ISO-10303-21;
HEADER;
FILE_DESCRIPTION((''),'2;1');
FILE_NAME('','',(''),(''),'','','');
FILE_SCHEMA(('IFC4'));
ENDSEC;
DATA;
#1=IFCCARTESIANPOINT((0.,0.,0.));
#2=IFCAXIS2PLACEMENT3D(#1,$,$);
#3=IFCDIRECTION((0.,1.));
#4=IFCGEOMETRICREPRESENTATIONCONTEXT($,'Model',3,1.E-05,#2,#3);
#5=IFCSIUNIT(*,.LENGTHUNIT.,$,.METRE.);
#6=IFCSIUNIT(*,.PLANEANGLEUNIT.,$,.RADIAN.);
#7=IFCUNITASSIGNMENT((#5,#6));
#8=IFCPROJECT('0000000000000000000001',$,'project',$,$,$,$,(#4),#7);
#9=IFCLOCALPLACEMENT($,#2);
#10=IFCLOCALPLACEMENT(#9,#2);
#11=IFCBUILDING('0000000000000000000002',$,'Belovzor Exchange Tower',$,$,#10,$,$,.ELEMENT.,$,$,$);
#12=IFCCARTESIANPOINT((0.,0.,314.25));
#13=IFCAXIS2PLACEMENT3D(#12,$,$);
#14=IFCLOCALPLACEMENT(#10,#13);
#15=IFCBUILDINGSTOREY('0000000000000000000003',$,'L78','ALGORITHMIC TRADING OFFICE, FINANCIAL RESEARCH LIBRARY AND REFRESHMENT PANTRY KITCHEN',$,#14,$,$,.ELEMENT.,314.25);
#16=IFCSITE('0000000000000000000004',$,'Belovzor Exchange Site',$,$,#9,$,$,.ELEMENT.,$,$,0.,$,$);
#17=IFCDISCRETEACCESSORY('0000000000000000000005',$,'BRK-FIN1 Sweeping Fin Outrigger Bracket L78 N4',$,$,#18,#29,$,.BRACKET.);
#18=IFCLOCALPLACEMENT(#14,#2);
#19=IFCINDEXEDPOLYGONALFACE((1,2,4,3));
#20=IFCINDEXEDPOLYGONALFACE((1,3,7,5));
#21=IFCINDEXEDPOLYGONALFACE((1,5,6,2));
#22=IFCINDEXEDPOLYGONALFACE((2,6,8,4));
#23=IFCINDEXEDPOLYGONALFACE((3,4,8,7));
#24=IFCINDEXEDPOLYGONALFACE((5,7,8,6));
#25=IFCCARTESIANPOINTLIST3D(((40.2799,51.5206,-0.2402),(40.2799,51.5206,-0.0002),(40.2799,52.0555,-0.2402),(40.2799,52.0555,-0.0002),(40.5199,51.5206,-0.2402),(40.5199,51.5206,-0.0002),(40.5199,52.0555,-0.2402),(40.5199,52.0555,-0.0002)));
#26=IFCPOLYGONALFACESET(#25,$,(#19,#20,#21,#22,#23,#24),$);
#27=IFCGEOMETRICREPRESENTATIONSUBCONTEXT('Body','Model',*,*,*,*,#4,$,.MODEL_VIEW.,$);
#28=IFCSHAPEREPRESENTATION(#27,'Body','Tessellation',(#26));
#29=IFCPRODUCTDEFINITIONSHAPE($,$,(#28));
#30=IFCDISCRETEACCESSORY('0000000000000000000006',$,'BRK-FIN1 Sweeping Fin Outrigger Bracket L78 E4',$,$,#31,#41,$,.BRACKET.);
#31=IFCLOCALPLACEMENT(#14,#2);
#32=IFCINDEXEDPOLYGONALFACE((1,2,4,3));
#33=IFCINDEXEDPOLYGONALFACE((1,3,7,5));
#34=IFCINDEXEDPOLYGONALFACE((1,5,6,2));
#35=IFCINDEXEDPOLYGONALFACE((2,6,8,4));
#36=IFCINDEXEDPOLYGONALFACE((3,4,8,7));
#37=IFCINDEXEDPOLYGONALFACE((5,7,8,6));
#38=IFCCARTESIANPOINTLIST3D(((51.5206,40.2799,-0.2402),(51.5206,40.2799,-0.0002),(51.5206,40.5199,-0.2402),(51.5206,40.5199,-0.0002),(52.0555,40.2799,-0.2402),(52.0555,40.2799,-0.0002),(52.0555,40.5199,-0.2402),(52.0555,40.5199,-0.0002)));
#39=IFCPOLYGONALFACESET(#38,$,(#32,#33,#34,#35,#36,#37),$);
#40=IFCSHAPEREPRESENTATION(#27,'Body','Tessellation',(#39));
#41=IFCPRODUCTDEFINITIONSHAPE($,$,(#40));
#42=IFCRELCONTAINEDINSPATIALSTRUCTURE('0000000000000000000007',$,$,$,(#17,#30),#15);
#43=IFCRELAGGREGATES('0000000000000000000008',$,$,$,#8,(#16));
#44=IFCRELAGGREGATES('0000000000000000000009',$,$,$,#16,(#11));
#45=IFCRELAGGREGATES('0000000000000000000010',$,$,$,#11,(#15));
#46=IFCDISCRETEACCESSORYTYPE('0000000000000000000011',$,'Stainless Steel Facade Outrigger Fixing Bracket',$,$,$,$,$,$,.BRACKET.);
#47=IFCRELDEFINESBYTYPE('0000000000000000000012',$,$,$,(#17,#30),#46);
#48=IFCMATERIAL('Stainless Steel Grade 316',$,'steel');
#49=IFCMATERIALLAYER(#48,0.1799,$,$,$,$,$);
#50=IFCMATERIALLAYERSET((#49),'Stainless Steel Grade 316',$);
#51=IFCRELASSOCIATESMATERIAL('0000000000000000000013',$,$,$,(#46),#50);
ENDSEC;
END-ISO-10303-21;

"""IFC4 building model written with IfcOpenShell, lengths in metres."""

from ifc_helpers import new_model, si_unit, direction, frame, origin, origin_2d, place, context, subcontext, project, spatial, rectangle, extrude, material, layer, layer_set, type_object, element, save


model = new_model("IFC4")

# Units and contexts
model_context = context("Model", 3, precision=1e-05, world=origin(), true_north=direction((0.0, 1.0)))
body_context = subcontext(model_context, "Body", "Model", "MODEL_VIEW")
ifc_project = project(units=[si_unit("LENGTHUNIT", "METRE"), si_unit("PLANEANGLEUNIT", "RADIAN")], contexts=[model_context])

# Site, building, storey
site_placement = place(None, origin())
site = spatial("IfcSite", under=ifc_project, at=site_placement, Name="Belovzor Exchange Site", CompositionType="ELEMENT", RefElevation=0.0)
building_placement = place(site_placement, origin())
building = spatial("IfcBuilding", under=site, at=building_placement, Name="Belovzor Exchange Tower", CompositionType="ELEMENT")
storey_placement = place(building_placement, frame((0.0, 0.0, 314.25)))
storey = spatial("IfcBuildingStorey", under=building, at=storey_placement, Name="L78", Description="ALGORITHMIC TRADING OFFICE, FINANCIAL RESEARCH LIBRARY AND REFRESHMENT PANTRY KITCHEN", CompositionType="ELEMENT", Elevation=314.25)

# Discrete accessories
ifc_material_1 = material(Name="Stainless Steel Grade 316", Category="steel")
ifc_layer_1 = layer(ifc_material_1, 0.1799)
ifc_layer_set_1 = layer_set([ifc_layer_1], Name="Stainless Steel Grade 316")
discrete_accessory_type = type_object("IfcDiscreteAccessoryType", Name="Stainless Steel Facade Outrigger Fixing Bracket", PredefinedType="BRACKET", material=ifc_layer_set_1)
for number, where, z_axis, x_axis, name in (
    (1, (40.3999, 51.7881, -0.2402), (0.0, 0.0, 1.0), (0.0, 1.0, 0.0), "BRK-FIN1 Sweeping Fin Outrigger Bracket L78 N4"),
    (2, (51.7881, 40.3999, -0.2402), (0.0, 0.0, 1.0), (1.0, 0.0, 0.0), "BRK-FIN1 Sweeping Fin Outrigger Bracket L78 E4"),
):
    element("IfcDiscreteAccessory", number, at=place(storey_placement, frame(where, z_axis=z_axis, x_axis=x_axis)), inside=storey, type_object=discrete_accessory_type, Name=name, PredefinedType="BRACKET", context=body_context, shape_type="SweptSolid", body=[
        extrude(rectangle(XDim=0.5349, YDim=0.24, at=origin_2d()), origin(), (0.0, 0.0, 1.0), 0.24),
    ])

save(model, "model.ifc")
